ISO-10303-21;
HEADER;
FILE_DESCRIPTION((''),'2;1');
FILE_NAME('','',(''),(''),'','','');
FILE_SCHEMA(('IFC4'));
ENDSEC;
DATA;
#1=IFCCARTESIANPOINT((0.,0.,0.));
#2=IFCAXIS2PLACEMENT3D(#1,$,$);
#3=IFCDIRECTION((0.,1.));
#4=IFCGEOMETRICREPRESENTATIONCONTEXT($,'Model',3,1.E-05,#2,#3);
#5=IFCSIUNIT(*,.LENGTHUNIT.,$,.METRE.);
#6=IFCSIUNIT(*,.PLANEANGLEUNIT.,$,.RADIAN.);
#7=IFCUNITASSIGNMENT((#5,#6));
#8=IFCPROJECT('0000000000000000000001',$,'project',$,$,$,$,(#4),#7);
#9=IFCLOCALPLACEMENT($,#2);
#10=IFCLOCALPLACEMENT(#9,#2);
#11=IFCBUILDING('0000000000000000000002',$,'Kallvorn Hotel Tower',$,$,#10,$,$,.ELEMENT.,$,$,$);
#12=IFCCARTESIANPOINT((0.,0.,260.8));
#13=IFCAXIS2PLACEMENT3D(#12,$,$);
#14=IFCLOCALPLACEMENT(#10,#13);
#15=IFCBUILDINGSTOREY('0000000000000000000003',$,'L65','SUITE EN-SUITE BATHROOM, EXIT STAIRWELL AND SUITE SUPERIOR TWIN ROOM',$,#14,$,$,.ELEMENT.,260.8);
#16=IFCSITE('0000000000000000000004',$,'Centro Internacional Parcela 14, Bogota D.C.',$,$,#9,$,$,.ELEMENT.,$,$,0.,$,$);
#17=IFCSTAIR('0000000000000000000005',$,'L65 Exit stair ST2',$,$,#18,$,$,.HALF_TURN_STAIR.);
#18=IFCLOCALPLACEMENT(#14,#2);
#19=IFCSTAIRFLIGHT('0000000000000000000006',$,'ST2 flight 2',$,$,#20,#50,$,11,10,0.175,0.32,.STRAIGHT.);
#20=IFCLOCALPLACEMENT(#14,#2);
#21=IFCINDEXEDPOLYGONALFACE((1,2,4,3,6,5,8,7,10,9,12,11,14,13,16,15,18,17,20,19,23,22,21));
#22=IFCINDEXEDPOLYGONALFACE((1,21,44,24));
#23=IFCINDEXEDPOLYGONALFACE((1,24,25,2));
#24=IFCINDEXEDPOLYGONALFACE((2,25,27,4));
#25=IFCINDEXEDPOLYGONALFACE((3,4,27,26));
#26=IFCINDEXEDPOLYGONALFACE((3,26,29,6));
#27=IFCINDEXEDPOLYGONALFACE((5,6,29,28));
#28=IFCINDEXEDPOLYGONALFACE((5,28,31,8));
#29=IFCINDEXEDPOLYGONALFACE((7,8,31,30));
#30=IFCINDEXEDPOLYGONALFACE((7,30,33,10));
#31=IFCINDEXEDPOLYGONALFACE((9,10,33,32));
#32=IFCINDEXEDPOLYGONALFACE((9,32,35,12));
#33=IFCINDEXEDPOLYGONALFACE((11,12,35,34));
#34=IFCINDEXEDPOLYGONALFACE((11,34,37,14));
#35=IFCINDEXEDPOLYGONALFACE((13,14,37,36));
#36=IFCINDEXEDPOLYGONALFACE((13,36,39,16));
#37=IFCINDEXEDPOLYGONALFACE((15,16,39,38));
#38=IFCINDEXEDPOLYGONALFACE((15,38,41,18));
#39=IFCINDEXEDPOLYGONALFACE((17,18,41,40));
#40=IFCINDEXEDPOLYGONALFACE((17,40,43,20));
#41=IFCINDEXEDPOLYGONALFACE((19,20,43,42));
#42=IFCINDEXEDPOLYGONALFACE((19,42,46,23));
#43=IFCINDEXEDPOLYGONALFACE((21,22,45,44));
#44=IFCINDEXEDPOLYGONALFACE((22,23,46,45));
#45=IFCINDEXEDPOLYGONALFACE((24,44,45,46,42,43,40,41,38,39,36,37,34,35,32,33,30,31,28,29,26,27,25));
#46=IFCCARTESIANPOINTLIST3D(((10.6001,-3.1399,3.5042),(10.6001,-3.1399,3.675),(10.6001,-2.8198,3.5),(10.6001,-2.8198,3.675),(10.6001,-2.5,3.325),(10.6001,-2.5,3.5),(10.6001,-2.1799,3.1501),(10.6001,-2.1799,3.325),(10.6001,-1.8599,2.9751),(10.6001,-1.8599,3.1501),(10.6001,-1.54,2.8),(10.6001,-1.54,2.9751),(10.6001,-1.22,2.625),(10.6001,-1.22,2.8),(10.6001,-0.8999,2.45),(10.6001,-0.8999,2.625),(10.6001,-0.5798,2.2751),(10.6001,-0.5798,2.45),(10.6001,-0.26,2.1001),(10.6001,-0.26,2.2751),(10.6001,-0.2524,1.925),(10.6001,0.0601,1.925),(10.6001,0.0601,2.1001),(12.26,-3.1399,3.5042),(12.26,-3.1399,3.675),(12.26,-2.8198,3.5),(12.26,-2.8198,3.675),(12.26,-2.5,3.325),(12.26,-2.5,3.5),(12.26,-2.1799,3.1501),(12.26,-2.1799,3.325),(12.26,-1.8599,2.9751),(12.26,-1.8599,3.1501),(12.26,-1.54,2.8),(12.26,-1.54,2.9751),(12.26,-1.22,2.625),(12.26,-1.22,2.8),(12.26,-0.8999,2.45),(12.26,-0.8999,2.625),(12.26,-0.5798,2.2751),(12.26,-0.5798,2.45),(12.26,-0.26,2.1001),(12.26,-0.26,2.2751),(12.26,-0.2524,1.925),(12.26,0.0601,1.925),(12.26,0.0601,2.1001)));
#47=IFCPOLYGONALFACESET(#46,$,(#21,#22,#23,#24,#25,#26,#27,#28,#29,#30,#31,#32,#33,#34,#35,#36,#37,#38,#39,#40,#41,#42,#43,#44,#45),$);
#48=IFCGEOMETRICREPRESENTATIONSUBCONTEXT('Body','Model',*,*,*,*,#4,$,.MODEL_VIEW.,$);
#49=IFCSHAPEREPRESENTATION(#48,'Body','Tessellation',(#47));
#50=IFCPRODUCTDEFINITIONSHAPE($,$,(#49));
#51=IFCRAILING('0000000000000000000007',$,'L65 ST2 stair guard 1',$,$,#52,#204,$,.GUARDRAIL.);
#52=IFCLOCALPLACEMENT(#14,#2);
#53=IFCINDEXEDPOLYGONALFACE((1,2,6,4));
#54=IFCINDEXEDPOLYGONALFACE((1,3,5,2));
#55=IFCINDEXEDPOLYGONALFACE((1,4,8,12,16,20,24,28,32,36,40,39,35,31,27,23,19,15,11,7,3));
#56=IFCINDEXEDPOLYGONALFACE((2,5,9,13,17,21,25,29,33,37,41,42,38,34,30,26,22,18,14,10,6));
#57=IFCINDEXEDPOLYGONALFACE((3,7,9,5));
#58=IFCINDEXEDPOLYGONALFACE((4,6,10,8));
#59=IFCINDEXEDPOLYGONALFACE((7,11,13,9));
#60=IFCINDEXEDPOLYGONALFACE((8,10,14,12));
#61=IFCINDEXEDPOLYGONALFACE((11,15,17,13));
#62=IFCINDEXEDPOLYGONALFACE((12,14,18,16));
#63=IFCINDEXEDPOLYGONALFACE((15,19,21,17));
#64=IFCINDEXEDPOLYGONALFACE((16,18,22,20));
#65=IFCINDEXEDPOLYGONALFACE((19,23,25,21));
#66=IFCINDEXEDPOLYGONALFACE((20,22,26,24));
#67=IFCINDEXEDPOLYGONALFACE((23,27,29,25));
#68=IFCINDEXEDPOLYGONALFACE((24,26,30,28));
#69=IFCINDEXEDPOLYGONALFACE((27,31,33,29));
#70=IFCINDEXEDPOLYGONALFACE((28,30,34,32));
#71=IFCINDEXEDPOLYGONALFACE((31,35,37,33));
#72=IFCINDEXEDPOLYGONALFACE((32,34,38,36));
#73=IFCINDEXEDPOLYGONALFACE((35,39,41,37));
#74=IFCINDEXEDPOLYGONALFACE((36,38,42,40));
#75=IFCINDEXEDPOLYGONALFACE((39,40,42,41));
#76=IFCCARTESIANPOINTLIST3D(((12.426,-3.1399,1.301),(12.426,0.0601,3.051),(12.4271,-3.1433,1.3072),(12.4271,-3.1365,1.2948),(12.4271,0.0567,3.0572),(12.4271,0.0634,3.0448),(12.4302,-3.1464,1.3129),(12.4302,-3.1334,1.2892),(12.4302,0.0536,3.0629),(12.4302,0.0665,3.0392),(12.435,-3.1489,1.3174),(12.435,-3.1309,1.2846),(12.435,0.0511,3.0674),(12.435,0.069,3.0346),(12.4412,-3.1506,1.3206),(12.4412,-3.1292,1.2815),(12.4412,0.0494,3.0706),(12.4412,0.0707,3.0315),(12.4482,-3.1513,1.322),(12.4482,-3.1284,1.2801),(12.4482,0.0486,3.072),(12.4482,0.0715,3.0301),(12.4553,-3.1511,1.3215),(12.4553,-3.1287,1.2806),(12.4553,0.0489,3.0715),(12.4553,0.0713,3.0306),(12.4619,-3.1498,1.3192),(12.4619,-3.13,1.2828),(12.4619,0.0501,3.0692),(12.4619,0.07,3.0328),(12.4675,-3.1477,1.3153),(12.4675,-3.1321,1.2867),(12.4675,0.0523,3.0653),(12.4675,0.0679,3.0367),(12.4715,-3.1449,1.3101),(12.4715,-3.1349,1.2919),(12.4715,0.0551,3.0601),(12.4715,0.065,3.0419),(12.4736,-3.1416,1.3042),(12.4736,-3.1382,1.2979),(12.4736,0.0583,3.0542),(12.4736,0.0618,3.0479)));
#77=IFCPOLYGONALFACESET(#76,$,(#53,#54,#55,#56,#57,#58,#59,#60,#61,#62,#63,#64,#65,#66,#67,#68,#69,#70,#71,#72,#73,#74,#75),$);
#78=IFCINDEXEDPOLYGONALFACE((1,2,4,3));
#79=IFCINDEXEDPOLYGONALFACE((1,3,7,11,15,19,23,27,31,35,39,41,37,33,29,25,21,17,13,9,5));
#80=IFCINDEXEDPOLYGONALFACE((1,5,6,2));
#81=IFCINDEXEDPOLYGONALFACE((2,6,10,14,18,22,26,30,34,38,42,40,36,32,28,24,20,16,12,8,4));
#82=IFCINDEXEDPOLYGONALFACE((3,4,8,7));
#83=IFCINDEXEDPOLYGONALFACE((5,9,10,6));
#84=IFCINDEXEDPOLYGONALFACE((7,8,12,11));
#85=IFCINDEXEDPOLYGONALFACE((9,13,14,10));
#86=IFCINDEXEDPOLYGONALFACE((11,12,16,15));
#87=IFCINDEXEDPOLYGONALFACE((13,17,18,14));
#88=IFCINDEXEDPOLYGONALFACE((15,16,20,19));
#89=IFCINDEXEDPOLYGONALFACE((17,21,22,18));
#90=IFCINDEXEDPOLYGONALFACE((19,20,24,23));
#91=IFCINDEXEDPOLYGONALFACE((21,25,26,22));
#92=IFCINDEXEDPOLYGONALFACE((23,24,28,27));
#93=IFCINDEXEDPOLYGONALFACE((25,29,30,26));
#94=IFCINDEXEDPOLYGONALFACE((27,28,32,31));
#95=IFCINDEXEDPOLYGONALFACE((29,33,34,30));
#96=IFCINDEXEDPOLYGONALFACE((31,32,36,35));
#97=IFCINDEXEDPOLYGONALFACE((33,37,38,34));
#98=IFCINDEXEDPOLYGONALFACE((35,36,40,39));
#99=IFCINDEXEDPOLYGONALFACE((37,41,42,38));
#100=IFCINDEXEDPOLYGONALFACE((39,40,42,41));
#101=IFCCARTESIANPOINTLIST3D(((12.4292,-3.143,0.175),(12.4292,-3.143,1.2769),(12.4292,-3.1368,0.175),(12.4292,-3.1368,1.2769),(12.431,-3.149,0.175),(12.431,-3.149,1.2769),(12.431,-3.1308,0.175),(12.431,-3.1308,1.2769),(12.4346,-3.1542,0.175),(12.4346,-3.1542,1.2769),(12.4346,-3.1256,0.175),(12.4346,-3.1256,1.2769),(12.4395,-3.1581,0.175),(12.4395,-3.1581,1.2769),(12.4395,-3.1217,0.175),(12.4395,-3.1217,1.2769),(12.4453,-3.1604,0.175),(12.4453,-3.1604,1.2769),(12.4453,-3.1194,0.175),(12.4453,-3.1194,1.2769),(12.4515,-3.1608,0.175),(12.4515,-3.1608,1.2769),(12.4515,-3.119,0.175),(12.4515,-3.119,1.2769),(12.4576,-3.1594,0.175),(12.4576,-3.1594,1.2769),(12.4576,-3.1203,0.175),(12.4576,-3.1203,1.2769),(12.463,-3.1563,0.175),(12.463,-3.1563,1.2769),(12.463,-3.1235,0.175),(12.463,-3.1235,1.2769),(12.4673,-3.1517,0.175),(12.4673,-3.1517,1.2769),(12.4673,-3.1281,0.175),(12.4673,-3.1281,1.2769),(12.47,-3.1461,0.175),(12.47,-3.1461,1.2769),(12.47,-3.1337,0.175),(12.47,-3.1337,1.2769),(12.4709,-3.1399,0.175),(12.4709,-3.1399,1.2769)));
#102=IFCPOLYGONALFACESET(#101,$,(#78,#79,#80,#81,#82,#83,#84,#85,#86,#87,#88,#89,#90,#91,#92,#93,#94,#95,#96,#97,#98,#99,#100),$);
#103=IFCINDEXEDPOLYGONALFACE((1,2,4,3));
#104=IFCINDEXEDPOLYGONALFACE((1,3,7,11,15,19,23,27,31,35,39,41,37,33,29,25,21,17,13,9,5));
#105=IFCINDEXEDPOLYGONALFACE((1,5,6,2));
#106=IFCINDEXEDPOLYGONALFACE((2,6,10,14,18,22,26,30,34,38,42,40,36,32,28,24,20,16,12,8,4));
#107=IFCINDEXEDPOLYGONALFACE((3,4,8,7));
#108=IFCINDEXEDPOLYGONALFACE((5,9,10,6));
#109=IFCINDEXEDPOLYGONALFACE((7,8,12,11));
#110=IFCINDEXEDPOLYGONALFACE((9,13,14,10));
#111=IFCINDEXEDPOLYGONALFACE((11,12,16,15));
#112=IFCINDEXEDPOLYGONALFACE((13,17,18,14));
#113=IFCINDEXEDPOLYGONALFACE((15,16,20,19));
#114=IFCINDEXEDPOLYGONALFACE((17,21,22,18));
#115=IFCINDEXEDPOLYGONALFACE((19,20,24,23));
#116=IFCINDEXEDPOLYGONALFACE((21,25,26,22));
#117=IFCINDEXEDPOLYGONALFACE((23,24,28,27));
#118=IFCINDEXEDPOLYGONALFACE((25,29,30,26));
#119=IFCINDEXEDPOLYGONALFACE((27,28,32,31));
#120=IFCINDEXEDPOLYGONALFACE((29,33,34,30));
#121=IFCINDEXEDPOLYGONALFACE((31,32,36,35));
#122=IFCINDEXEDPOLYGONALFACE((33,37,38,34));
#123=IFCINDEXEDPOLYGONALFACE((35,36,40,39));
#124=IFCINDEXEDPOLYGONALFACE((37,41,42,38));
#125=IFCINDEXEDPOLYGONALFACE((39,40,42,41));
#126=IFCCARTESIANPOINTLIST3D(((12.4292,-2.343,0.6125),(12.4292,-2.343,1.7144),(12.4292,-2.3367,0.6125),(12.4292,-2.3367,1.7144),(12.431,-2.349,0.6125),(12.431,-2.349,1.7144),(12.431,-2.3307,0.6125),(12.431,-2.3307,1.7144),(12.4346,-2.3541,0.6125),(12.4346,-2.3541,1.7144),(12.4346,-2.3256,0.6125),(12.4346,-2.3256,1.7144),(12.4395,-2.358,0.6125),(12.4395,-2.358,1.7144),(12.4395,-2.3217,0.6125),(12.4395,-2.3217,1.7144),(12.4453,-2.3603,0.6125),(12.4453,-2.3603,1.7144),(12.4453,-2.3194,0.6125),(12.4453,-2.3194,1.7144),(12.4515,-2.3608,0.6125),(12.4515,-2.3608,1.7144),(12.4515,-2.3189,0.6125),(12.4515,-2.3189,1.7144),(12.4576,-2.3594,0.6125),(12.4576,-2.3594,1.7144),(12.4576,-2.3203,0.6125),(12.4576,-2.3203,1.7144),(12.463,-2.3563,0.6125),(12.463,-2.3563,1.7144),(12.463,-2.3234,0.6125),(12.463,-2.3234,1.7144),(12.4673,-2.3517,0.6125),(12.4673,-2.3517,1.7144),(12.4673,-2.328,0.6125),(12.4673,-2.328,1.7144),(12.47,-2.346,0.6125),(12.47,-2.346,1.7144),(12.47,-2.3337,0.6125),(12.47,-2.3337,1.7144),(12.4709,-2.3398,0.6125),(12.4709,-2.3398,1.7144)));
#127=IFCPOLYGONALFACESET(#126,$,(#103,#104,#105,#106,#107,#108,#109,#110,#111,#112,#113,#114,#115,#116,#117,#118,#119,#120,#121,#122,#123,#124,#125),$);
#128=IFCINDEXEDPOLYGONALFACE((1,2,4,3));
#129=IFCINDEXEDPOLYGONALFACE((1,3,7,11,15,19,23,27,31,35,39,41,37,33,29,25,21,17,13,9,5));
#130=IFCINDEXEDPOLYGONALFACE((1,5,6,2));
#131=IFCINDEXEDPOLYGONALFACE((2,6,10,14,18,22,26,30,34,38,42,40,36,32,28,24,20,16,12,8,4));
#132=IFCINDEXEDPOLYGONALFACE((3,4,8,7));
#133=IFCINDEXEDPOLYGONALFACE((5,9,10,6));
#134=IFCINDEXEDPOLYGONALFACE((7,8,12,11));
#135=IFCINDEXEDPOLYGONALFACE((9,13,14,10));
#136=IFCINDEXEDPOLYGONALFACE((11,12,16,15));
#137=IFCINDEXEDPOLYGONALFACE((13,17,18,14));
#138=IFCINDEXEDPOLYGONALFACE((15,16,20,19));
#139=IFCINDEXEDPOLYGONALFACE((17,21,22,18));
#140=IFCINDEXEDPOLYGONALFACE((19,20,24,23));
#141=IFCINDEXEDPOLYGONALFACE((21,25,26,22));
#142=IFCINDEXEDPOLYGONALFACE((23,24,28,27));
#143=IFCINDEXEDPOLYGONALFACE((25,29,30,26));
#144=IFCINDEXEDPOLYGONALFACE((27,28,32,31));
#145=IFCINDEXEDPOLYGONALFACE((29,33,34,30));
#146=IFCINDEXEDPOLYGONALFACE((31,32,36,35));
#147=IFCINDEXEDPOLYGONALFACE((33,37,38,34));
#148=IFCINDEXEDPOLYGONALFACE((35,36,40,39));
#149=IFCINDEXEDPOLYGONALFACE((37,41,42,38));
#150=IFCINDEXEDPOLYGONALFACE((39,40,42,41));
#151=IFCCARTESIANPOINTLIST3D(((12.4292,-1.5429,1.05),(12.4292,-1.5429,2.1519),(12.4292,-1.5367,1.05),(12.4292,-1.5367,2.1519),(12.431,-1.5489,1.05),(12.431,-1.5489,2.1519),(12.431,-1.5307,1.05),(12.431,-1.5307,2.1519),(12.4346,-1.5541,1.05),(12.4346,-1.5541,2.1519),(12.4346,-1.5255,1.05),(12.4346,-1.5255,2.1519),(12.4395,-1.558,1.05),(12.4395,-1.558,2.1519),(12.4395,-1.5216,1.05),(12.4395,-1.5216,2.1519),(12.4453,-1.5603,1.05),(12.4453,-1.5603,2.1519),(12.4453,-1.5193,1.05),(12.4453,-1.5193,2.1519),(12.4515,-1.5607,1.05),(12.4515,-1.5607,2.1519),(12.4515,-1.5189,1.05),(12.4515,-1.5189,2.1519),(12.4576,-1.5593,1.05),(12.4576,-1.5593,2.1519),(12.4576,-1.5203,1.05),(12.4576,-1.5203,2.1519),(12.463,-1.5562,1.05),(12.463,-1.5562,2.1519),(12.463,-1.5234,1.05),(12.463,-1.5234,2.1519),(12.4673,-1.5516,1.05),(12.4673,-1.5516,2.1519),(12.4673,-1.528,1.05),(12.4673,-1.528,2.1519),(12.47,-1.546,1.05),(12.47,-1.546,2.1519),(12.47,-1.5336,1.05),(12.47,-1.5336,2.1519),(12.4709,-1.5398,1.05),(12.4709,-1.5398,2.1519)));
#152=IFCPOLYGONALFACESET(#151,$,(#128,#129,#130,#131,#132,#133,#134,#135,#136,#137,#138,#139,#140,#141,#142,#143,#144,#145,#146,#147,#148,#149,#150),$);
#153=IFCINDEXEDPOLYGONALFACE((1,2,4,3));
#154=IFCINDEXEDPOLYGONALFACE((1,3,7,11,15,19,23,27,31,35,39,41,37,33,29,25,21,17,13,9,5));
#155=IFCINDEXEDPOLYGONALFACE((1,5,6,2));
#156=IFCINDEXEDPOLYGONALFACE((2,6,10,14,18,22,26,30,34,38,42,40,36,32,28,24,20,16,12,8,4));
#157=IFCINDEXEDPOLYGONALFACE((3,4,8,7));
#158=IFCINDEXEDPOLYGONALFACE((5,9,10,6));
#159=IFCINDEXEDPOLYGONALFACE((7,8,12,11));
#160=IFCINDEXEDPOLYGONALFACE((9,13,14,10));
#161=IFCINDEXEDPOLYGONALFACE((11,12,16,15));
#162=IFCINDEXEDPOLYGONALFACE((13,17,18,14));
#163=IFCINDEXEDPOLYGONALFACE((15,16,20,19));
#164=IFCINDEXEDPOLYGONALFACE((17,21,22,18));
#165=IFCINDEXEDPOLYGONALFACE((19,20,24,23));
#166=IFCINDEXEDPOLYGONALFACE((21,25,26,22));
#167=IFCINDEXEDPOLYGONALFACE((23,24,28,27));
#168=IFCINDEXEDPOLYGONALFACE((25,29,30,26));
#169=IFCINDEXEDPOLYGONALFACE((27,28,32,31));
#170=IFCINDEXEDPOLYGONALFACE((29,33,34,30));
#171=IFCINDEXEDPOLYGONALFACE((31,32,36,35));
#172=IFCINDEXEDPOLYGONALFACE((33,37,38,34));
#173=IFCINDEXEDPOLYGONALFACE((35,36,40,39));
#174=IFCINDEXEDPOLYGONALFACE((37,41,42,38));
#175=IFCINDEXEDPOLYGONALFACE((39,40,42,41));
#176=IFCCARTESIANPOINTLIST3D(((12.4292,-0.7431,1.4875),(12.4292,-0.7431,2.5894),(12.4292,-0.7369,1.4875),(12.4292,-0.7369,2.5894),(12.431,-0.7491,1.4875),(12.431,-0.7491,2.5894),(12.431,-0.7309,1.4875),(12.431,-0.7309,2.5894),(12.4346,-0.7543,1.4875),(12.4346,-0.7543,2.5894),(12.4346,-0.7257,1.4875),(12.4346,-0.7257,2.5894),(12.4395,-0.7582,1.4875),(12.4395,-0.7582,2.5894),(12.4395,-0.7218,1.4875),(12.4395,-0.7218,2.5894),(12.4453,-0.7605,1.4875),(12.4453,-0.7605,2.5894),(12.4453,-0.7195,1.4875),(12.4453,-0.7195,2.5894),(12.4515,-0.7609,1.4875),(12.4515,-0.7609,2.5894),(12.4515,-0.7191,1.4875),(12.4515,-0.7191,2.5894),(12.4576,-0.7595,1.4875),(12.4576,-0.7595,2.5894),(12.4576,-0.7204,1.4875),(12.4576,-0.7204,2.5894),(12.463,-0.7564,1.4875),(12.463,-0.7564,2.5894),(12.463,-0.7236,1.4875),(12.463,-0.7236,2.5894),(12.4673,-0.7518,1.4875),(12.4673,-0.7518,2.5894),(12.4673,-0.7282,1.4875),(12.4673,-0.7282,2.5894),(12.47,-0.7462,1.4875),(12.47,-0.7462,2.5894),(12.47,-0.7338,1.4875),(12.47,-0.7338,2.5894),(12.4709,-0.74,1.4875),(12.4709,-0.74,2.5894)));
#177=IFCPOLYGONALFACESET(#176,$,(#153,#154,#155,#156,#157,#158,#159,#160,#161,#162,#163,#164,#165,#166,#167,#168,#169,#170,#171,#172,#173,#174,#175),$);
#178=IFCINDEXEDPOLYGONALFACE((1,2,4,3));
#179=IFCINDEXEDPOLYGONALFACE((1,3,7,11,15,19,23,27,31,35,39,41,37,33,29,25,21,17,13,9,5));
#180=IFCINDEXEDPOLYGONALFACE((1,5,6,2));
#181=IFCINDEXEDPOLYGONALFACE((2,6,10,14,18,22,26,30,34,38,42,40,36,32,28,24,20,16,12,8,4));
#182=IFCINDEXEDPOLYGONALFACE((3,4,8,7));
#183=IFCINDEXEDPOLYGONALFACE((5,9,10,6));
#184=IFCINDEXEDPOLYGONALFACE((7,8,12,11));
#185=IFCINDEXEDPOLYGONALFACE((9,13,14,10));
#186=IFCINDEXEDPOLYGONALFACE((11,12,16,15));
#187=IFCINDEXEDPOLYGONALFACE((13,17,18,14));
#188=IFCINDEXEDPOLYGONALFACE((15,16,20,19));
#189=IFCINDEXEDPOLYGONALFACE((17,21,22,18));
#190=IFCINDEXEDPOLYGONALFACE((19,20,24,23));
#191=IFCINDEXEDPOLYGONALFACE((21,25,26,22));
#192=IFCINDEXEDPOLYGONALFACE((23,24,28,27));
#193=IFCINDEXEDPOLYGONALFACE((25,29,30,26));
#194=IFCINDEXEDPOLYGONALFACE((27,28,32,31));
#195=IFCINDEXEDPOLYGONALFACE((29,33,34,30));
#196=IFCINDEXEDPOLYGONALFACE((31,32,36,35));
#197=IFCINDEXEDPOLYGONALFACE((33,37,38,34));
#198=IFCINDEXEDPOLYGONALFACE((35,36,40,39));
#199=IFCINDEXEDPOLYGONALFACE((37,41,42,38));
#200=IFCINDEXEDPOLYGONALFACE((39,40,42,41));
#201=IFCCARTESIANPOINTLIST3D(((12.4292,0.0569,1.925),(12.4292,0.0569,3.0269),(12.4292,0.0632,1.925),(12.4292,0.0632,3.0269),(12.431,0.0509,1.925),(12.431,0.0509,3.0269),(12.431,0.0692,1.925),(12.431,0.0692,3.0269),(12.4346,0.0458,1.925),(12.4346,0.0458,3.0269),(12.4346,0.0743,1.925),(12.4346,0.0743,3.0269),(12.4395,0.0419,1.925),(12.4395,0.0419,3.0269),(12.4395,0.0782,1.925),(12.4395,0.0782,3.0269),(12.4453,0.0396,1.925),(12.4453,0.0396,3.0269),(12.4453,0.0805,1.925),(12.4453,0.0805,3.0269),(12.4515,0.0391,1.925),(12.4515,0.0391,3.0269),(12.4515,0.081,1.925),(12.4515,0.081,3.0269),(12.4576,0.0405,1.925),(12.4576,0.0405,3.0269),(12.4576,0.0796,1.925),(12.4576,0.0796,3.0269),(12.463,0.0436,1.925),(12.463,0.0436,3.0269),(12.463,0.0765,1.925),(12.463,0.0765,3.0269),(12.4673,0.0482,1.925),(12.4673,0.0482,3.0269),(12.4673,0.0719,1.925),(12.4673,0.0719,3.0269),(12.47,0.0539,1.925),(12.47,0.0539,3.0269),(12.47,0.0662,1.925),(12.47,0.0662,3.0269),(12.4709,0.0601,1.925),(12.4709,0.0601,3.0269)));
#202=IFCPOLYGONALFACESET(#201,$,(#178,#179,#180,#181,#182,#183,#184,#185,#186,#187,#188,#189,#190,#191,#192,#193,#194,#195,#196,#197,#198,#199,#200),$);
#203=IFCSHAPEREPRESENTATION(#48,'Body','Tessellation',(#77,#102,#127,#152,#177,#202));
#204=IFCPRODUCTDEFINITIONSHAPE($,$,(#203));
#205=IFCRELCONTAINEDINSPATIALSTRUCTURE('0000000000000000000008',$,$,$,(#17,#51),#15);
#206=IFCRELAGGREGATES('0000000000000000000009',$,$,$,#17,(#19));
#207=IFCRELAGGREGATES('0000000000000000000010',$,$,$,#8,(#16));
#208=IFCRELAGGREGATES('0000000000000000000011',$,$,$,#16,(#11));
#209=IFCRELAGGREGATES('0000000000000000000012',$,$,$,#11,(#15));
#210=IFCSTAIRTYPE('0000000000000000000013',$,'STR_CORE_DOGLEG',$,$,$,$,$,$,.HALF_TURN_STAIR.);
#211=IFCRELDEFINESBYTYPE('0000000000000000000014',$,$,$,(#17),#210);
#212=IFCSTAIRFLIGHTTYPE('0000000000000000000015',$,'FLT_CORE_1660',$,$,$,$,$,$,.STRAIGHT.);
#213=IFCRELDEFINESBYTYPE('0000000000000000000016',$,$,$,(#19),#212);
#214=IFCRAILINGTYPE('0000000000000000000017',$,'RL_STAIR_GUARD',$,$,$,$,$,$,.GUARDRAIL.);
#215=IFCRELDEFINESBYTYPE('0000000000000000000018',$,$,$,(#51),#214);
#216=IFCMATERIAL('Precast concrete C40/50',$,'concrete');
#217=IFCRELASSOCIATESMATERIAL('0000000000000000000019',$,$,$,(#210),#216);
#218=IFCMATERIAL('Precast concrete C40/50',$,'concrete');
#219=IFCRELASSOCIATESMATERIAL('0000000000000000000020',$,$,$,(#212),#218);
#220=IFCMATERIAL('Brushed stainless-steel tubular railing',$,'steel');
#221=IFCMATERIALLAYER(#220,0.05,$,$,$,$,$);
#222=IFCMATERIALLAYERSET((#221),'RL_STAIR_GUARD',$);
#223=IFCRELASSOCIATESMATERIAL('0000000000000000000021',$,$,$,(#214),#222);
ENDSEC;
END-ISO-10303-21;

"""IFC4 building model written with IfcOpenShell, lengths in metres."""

from ifc_helpers import new_model, si_unit, direction, frame, origin, origin_2d, place, context, subcontext, project, spatial, polyline, circle, outline, extrude, material, layer, layer_set, type_object, element, aggregate, save


model = new_model("IFC4")

# Units and contexts
model_context = context("Model", 3, precision=1e-05, world=origin(), true_north=direction((0.0, 1.0)))
body_context = subcontext(model_context, "Body", "Model", "MODEL_VIEW")
ifc_project = project(units=[si_unit("LENGTHUNIT", "METRE"), si_unit("PLANEANGLEUNIT", "RADIAN")], contexts=[model_context])

# Site, building, storey
site_placement = place(None, origin())
site = spatial("IfcSite", under=ifc_project, at=site_placement, Name="Centro Internacional Parcela 14, Bogota D.C.", CompositionType="ELEMENT", RefElevation=0.0)
building_placement = place(site_placement, origin())
building = spatial("IfcBuilding", under=site, at=building_placement, Name="Kallvorn Hotel Tower", CompositionType="ELEMENT")
storey_placement = place(building_placement, frame((0.0, 0.0, 260.8)))
storey = spatial("IfcBuildingStorey", under=building, at=storey_placement, Name="L65", Description="SUITE EN-SUITE BATHROOM, EXIT STAIRWELL AND SUITE SUPERIOR TWIN ROOM", CompositionType="ELEMENT", Elevation=260.8)

# Stair, stair flight
ifc_material_1 = material(Name="Precast concrete C40/50", Category="concrete")
stair_type = type_object("IfcStairType", Name="STR_CORE_DOGLEG", PredefinedType="HALF_TURN_STAIR", material=ifc_material_1)
stair_placement = place(storey_placement, origin())
stair = element("IfcStair", 1, at=stair_placement, inside=storey, type_object=stair_type, Name="L65 Exit stair ST2", PredefinedType="HALF_TURN_STAIR")
ifc_material_2 = material(Name="Precast concrete C40/50", Category="concrete")
stair_flight_type = type_object("IfcStairFlightType", Name="FLT_CORE_1660", PredefinedType="STRAIGHT", material=ifc_material_2)
stair_flight_placement = place(storey_placement, frame((11.4299, 0.0601, 1.925), z_axis=(0.0, 0.0, 1.0), x_axis=(0.0, -1.0, 0.0)))
stair_flight = element("IfcStairFlight", 2, at=stair_flight_placement, type_object=stair_flight_type, Name="ST2 flight 2", NumberOfRisers=11, NumberOfTreads=10, PredefinedType="STRAIGHT", RiserHeight=0.175, TreadLength=0.32, context=body_context, shape_type="SweptSolid", body=[
    extrude(outline(polyline([(0.0, 0.0), (0.0, 0.175), (0.3201, 0.175), (0.3201, 0.3501), (0.6399, 0.3501), (0.6399, 0.5249), (0.96, 0.5249), (0.96, 0.7), (1.28, 0.7), (1.28, 0.875), (1.6001, 0.875), (1.6001, 1.05), (1.9199, 1.05), (1.9199, 1.2251), (2.24, 1.2251), (2.24, 1.3999), (2.5601, 1.3999), (2.5601, 1.575), (2.8799, 1.575), (2.8799, 1.75), (3.2, 1.75), (3.2, 1.925), (3.2, 1.5791), (0.3125, 0.0), (0.0, 0.0)])), frame((0.0, 0.8301, 0.0), z_axis=(0.0, -1.0, 0.0), x_axis=(1.0, 0.0, 0.0)), (0.0, 0.0, 1.0), 1.6599),
])
aggregate(stair, [stair_flight])

# Railing
ifc_material_3 = material(Name="Brushed stainless-steel tubular railing", Category="steel")
ifc_layer_1 = layer(ifc_material_3, 0.05)
ifc_layer_set_1 = layer_set([ifc_layer_1], Name="RL_STAIR_GUARD")
railing_type_1 = type_object("IfcRailingType", Name="RL_STAIR_GUARD", PredefinedType="GUARDRAIL", material=ifc_layer_set_1)
railing_1_placement = place(storey_placement, frame((12.45, -3.1399, 0.175)))
element("IfcRailing", 3, at=railing_1_placement, inside=storey, type_object=railing_type_1, Name="L65 ST2 stair guard 1", PredefinedType="GUARDRAIL", context=body_context, shape_type="SweptSolid", body=[
    extrude(circle(Radius=0.0239, at=origin_2d()), frame((0.0, 0.0, 1.126), z_axis=(0.0, 0.877368, 0.479818), x_axis=(-1.0, 0.0, 0.0)), (0.0, 0.0, 1.0), 3.6472),
    extrude(circle(Radius=0.021, at=origin_2d()), origin(), (0.0, 0.0, 1.0), 1.1018),
    extrude(circle(Radius=0.021, at=origin_2d()), frame((0.0, 0.8, 0.4375)), (0.0, 0.0, 1.0), 1.1018),
    extrude(circle(Radius=0.021, at=origin_2d()), frame((0.0, 1.6001, 0.875)), (0.0, 0.0, 1.0), 1.1018),
    extrude(circle(Radius=0.021, at=origin_2d()), frame((0.0, 2.3999, 1.3125)), (0.0, 0.0, 1.0), 1.1018),
    extrude(circle(Radius=0.021, at=origin_2d()), frame((0.0, 3.2, 1.75)), (0.0, 0.0, 1.0), 1.1018),
])

save(model, "model.ifc")
